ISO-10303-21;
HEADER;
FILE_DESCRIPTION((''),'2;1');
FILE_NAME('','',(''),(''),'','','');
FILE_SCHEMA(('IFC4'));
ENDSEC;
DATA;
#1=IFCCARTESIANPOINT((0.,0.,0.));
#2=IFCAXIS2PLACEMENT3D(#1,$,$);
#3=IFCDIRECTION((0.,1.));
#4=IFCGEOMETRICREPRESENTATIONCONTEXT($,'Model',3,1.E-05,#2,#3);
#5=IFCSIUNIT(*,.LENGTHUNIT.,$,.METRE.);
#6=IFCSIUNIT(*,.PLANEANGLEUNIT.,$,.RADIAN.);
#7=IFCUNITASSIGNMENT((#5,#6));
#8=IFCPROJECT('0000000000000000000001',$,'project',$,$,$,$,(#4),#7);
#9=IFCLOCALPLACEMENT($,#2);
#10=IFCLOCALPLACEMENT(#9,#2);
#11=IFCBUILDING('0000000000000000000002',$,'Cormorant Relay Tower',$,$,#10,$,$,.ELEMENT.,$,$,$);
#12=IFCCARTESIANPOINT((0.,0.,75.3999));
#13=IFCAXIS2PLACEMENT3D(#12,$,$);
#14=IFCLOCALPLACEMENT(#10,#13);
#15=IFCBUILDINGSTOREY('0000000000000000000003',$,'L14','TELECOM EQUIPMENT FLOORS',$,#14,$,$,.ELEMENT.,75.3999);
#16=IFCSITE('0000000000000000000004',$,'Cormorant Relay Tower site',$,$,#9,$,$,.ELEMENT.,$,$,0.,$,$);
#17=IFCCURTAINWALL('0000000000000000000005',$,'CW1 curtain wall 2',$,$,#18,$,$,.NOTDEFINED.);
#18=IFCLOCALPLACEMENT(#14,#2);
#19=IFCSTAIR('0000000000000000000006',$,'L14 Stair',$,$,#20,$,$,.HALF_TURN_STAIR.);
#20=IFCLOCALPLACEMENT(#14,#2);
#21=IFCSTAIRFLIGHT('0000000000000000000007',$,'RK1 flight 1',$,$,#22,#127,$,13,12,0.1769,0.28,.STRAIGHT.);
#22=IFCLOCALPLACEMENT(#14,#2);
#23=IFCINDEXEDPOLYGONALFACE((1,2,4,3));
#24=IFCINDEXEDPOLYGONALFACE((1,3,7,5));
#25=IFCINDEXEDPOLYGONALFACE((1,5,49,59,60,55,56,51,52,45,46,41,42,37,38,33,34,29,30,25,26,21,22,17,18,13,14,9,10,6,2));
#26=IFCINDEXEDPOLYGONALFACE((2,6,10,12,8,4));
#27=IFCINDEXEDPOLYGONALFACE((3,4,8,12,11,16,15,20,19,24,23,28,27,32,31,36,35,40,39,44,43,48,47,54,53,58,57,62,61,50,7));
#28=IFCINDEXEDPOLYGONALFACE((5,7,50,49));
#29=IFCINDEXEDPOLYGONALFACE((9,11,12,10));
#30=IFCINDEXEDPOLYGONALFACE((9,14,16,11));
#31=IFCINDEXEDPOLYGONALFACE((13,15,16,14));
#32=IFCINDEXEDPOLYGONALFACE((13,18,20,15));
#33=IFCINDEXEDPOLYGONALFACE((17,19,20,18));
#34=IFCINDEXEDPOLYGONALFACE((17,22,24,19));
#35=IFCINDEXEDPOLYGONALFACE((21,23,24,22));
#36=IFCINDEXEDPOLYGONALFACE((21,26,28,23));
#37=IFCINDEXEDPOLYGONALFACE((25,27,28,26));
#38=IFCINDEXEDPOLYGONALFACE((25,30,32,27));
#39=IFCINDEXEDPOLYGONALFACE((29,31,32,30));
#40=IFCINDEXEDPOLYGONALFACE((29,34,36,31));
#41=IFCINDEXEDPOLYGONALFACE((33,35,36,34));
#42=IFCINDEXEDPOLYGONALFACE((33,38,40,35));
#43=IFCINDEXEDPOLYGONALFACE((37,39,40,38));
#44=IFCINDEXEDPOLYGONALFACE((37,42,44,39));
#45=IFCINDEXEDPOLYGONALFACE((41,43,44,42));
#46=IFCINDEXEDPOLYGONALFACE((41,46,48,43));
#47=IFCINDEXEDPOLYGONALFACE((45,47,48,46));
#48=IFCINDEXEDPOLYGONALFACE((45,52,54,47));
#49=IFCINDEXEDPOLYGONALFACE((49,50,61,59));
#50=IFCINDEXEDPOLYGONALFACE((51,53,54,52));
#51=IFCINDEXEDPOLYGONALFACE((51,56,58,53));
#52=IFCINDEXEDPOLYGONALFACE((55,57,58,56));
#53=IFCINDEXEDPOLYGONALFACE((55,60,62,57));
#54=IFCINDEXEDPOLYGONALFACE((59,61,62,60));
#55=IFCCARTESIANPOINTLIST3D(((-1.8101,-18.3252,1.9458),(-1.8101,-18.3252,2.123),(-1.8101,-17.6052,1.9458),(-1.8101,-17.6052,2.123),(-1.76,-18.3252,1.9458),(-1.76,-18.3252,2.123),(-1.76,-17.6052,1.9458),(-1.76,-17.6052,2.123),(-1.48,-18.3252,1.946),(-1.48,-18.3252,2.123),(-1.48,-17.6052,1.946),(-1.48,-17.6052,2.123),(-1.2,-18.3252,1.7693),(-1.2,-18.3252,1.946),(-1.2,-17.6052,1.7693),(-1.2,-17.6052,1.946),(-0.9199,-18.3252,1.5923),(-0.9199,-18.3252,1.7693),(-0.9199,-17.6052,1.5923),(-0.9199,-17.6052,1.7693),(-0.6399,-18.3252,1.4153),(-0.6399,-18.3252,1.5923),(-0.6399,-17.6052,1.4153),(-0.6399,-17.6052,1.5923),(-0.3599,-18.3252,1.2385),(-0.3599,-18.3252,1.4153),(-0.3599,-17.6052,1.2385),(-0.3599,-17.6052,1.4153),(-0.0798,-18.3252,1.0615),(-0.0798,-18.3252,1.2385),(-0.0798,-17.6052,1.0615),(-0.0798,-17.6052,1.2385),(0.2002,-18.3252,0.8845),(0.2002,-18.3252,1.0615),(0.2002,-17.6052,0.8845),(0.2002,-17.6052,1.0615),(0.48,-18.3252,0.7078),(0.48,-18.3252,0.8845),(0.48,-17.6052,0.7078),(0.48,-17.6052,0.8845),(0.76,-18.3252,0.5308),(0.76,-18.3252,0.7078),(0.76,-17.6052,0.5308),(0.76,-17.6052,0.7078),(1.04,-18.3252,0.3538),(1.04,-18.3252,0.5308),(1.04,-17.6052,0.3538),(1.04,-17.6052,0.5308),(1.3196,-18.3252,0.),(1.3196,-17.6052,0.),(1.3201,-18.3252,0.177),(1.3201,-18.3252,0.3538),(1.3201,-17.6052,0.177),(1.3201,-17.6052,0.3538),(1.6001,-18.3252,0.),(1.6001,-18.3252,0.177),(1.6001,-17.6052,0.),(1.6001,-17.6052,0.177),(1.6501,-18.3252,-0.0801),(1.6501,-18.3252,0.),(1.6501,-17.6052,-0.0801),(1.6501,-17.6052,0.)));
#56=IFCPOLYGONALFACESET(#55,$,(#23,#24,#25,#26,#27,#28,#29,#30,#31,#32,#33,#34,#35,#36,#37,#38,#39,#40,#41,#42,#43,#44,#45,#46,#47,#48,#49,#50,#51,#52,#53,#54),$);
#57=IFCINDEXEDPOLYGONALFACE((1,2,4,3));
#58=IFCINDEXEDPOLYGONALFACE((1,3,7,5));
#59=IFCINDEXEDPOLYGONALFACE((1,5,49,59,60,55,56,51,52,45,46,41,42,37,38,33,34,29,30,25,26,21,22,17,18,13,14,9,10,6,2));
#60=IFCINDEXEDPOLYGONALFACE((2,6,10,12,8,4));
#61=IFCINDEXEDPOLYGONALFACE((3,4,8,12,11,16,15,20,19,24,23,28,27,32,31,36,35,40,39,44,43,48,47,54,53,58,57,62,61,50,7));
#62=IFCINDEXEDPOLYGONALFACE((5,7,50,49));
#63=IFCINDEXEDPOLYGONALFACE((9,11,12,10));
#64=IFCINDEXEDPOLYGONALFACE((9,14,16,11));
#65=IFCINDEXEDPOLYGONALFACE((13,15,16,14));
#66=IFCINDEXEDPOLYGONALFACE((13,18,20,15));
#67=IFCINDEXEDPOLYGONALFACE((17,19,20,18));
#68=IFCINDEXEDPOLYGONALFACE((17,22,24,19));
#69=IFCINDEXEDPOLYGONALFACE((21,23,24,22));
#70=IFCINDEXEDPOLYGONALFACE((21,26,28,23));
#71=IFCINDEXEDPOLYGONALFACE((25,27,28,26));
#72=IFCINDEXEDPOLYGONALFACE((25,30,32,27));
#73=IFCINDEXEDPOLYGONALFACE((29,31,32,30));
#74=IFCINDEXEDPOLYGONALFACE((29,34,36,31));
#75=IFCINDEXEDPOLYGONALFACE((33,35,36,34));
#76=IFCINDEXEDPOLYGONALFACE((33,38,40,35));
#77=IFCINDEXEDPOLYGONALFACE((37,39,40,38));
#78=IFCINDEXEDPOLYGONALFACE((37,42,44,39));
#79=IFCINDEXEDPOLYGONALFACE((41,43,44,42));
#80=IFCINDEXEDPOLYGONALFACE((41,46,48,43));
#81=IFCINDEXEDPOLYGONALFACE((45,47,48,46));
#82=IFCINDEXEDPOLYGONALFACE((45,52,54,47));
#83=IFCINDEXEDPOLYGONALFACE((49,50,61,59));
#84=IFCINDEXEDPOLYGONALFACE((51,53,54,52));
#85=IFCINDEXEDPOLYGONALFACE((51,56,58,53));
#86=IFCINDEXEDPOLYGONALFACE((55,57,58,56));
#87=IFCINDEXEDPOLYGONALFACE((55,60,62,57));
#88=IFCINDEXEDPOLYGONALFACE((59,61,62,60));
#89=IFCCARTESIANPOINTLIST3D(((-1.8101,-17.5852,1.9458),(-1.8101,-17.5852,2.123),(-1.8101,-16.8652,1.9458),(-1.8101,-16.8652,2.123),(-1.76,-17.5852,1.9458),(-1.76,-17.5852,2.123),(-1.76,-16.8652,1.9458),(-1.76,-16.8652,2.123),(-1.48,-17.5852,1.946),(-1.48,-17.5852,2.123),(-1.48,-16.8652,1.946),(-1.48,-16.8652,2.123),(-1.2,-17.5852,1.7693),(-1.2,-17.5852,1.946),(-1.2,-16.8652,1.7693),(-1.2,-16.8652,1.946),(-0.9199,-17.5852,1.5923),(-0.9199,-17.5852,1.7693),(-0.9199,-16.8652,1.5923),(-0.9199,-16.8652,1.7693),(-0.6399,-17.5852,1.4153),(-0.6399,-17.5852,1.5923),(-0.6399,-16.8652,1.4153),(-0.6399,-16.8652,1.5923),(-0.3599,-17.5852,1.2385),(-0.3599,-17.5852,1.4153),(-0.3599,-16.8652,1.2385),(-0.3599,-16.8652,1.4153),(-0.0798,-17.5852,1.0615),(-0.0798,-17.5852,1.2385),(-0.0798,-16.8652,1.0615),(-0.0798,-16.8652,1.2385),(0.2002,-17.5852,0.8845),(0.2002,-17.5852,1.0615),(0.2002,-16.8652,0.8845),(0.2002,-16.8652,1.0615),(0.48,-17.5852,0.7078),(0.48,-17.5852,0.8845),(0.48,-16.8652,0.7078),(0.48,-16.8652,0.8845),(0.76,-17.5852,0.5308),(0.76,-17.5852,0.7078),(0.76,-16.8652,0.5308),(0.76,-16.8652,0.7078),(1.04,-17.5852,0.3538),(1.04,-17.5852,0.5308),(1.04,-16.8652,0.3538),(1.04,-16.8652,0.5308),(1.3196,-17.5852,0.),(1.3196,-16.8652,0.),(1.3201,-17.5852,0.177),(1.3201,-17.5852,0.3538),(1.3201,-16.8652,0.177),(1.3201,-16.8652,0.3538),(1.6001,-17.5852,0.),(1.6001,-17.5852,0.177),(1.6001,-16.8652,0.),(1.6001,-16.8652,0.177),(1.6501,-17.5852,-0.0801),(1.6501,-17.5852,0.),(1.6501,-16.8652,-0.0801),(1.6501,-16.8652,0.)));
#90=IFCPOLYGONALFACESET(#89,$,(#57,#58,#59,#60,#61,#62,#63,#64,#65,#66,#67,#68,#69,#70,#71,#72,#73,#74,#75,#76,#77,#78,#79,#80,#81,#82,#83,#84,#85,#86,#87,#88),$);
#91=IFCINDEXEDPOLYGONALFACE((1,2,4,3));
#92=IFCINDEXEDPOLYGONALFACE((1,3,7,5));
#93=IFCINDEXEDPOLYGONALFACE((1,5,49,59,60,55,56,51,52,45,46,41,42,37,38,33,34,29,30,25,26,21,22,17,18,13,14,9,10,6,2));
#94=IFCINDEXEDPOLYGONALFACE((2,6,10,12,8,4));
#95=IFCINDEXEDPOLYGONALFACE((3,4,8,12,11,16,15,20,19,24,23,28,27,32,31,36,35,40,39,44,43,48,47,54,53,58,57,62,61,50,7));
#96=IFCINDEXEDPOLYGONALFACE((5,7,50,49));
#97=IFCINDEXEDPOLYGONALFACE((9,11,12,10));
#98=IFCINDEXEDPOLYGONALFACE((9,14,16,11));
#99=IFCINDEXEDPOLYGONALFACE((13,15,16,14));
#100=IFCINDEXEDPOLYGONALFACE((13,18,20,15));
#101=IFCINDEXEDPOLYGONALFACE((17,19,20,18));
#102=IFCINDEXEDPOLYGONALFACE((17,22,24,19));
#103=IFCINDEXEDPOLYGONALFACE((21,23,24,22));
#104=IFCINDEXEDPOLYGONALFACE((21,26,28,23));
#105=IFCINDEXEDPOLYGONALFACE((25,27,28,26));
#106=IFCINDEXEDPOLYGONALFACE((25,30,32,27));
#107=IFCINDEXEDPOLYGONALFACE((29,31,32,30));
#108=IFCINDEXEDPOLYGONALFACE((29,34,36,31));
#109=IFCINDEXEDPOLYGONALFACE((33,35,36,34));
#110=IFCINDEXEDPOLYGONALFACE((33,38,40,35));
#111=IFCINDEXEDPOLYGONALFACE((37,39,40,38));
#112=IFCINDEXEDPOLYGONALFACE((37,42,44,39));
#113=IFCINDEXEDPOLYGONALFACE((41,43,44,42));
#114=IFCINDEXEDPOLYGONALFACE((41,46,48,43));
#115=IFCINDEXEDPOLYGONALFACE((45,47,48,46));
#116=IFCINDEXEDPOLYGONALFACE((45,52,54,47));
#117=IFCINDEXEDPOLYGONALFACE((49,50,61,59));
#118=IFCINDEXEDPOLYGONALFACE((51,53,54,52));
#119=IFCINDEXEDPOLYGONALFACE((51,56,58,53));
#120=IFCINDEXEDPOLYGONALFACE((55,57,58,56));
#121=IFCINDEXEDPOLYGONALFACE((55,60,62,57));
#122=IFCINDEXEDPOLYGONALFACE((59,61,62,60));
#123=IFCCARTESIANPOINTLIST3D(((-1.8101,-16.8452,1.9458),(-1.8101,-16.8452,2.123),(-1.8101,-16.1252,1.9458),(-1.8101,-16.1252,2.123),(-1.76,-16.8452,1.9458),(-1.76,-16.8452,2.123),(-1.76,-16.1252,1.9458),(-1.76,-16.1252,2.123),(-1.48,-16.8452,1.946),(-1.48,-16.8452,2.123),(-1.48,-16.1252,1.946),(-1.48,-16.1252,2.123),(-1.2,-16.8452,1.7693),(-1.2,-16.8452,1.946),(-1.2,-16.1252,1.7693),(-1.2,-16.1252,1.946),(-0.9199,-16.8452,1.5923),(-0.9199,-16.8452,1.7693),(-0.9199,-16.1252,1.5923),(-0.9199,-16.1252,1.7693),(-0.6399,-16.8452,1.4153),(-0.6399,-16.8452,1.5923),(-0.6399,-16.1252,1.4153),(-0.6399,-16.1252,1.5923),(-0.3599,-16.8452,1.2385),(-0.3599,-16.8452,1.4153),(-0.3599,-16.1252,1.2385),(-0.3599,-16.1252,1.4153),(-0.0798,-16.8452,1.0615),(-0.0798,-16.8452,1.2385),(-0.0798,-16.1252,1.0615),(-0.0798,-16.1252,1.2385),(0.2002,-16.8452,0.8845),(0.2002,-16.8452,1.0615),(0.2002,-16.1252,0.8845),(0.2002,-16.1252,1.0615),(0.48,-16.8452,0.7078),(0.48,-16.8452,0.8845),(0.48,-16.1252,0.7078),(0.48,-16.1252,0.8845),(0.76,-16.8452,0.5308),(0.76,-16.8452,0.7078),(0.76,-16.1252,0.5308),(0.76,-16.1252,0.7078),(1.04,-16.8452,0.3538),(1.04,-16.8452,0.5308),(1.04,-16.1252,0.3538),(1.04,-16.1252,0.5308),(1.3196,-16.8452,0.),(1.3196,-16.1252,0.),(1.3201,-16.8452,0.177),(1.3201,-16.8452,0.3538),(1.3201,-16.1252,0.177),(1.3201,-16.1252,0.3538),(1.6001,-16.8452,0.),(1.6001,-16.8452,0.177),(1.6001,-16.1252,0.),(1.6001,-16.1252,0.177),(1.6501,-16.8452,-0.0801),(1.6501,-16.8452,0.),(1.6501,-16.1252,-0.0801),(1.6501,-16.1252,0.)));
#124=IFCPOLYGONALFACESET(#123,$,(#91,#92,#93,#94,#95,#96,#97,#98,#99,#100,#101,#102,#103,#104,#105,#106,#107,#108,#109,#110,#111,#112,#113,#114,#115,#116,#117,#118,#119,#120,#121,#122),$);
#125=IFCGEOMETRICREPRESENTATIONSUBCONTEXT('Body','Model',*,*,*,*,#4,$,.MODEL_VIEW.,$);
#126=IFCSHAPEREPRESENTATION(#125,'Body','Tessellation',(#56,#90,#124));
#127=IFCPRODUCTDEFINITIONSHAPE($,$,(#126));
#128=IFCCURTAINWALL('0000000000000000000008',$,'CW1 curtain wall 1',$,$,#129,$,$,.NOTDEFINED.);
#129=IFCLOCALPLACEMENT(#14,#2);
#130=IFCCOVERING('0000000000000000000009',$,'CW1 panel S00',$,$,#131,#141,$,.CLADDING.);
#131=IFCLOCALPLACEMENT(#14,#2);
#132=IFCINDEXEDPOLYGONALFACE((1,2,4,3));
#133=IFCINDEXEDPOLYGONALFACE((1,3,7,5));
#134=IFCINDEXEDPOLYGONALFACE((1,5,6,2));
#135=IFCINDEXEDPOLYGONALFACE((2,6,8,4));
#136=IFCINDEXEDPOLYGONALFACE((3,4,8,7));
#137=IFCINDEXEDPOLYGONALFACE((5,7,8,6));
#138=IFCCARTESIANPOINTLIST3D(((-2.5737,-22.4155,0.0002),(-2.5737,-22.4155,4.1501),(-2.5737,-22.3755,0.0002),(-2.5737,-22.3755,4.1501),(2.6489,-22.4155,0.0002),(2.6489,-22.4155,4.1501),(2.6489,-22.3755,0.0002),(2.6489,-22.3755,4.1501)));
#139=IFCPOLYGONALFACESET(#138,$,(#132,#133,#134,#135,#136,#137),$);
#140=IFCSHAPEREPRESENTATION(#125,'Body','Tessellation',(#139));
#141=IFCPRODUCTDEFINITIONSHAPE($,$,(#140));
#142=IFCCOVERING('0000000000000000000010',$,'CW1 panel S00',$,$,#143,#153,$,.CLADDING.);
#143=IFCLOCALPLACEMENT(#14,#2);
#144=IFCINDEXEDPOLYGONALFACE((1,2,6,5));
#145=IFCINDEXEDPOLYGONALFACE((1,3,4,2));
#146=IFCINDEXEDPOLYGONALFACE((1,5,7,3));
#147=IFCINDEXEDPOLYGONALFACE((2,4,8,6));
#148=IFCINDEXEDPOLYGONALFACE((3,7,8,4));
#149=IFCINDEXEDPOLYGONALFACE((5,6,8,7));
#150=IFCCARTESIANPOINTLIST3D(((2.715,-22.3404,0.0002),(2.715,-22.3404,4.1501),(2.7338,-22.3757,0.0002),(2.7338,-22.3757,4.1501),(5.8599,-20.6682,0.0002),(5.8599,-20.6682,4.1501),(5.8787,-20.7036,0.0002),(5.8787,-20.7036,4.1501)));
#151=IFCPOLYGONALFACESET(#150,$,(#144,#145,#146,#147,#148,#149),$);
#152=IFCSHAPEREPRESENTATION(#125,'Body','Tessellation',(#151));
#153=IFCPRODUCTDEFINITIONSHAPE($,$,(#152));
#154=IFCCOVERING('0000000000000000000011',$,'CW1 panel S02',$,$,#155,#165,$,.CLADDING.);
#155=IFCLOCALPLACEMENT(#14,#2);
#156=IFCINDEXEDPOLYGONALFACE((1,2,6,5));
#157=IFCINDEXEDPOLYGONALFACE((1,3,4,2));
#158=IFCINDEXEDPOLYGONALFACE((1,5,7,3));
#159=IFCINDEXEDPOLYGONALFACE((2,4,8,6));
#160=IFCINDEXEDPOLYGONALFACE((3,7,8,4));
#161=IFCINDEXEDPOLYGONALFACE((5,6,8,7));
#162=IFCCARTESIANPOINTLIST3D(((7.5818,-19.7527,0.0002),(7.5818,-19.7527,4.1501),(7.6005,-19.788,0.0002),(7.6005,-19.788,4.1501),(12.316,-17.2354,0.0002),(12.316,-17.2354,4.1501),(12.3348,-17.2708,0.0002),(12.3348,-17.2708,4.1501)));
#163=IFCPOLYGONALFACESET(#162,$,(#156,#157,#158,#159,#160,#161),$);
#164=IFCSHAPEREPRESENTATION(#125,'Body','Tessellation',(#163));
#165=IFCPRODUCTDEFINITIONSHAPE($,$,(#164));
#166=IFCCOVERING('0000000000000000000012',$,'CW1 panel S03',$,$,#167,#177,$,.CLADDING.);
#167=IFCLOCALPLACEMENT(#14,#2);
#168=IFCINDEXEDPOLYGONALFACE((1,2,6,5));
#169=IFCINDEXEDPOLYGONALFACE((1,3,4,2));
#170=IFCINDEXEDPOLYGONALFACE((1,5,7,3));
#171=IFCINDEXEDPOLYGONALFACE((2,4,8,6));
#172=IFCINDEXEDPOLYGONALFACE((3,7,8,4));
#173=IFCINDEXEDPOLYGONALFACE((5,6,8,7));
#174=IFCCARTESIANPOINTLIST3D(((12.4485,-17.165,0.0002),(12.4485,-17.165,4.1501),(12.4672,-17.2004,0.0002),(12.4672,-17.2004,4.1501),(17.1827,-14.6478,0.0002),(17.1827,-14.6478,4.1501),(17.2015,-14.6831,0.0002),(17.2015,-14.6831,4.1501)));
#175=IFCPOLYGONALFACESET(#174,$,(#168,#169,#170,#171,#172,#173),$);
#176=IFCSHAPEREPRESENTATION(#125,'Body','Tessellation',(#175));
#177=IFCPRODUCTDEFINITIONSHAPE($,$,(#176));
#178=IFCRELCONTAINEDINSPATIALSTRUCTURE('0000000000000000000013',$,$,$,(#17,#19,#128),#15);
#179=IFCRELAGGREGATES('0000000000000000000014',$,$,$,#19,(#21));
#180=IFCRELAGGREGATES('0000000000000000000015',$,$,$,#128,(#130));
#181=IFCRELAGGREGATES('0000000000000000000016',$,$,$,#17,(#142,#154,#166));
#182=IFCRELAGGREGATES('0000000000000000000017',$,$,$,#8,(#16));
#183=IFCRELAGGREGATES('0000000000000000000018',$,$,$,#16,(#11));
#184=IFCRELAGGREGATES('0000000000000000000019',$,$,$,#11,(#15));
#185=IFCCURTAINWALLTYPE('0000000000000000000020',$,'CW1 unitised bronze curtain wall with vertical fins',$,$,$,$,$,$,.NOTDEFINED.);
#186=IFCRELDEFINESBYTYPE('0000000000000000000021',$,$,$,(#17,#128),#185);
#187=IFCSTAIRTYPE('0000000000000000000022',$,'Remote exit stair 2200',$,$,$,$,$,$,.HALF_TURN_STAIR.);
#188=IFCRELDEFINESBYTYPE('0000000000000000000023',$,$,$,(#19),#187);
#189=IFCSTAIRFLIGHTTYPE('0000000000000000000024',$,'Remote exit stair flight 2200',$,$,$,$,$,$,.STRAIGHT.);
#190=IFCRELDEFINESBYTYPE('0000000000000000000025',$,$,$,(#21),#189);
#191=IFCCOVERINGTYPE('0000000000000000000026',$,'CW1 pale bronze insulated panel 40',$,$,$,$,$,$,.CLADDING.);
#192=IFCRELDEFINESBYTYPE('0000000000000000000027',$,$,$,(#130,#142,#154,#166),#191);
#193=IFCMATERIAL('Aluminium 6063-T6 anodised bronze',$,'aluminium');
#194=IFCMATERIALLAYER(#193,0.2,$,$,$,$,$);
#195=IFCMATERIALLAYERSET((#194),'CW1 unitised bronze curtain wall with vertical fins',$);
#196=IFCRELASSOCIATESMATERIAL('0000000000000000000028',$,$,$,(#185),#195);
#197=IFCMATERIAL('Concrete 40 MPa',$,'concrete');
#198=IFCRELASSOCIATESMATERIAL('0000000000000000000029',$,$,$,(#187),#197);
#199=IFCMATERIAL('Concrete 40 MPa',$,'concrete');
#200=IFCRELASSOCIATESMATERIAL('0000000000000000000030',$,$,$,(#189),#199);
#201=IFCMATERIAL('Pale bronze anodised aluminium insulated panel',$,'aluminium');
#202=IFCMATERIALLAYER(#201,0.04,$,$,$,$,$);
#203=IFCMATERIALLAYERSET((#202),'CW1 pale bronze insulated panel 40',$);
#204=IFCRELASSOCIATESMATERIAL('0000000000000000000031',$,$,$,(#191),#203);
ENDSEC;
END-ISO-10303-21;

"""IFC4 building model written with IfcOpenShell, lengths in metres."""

from ifc_helpers import new_model, si_unit, direction, frame, origin, origin_2d, place, context, subcontext, project, spatial, polyline, rectangle, outline, extrude, material, layer, layer_set, type_object, element, aggregate, save


model = new_model("IFC4")

# Units and contexts
model_context = context("Model", 3, precision=1e-05, world=origin(), true_north=direction((0.0, 1.0)))
body_context = subcontext(model_context, "Body", "Model", "MODEL_VIEW")
ifc_project = project(units=[si_unit("LENGTHUNIT", "METRE"), si_unit("PLANEANGLEUNIT", "RADIAN")], contexts=[model_context])

# Site, building, storey
site_placement = place(None, origin())
site = spatial("IfcSite", under=ifc_project, at=site_placement, Name="Cormorant Relay Tower site", CompositionType="ELEMENT", RefElevation=0.0)
building_placement = place(site_placement, origin())
building = spatial("IfcBuilding", under=site, at=building_placement, Name="Cormorant Relay Tower", CompositionType="ELEMENT")
storey_placement = place(building_placement, frame((0.0, 0.0, 75.3999)))
storey = spatial("IfcBuildingStorey", under=building, at=storey_placement, Name="L14", Description="TELECOM EQUIPMENT FLOORS", CompositionType="ELEMENT", Elevation=75.3999)

# Curtain wall
ifc_material_1 = material(Name="Aluminium 6063-T6 anodised bronze", Category="aluminium")
ifc_layer_1 = layer(ifc_material_1, 0.2)
ifc_layer_set_1 = layer_set([ifc_layer_1], Name="CW1 unitised bronze curtain wall with vertical fins")
curtain_wall_type = type_object("IfcCurtainWallType", Name="CW1 unitised bronze curtain wall with vertical fins", PredefinedType="NOTDEFINED", material=ifc_layer_set_1)
curtain_wall_1_placement = place(storey_placement, origin())
curtain_wall_1 = element("IfcCurtainWall", 1, at=curtain_wall_1_placement, inside=storey, type_object=curtain_wall_type, Name="CW1 curtain wall 2", PredefinedType="NOTDEFINED")

# Stair, stair flight
ifc_material_2 = material(Name="Concrete 40 MPa", Category="concrete")
stair_type = type_object("IfcStairType", Name="Remote exit stair 2200", PredefinedType="HALF_TURN_STAIR", material=ifc_material_2)
stair_placement = place(storey_placement, origin())
stair = element("IfcStair", 2, at=stair_placement, inside=storey, type_object=stair_type, Name="L14 Stair", PredefinedType="HALF_TURN_STAIR")
ifc_material_3 = material(Name="Concrete 40 MPa", Category="concrete")
stair_flight_type = type_object("IfcStairFlightType", Name="Remote exit stair flight 2200", PredefinedType="STRAIGHT", material=ifc_material_3)
stair_flight_placement = place(storey_placement, frame((1.6001, -17.2251, 0.0), z_axis=(0.0, 0.0, 1.0), x_axis=(-1.0, 0.0, 0.0)))
stair_flight = element("IfcStairFlight", 3, at=stair_flight_placement, type_object=stair_flight_type, Name="RK1 flight 1", NumberOfRisers=13, NumberOfTreads=12, PredefinedType="STRAIGHT", RiserHeight=0.1769, TreadLength=0.28, context=body_context, shape_type="SweptSolid", body=[
    extrude(outline(polyline([(-0.05, -0.0801), (-0.05, 0.0), (0.0, 0.0), (0.0, 0.177), (0.28, 0.177), (0.28, 0.3538), (0.5601, 0.3538), (0.5601, 0.5308), (0.8401, 0.5308), (0.8401, 0.7078), (1.1201, 0.7078), (1.1201, 0.8845), (1.3999, 0.8845), (1.3999, 1.0615), (1.6799, 1.0615), (1.6799, 1.2385), (1.96, 1.2385), (1.96, 1.4153), (2.24, 1.4153), (2.24, 1.5923), (2.52, 1.5923), (2.52, 1.7693), (2.8, 1.7693), (2.8, 1.946), (3.0801, 1.946), (3.0801, 2.123), (3.3601, 2.123), (3.4102, 2.123), (3.4102, 1.9458), (3.3601, 1.9458), (0.2805, 0.0), (-0.05, -0.0801)])), frame((0.0, 1.1001, 0.0), z_axis=(0.0, -1.0, 0.0), x_axis=(1.0, 0.0, 0.0)), (0.0, 0.0, 1.0), 0.72),
    extrude(outline(polyline([(-0.05, -0.0801), (-0.05, 0.0), (0.0, 0.0), (0.0, 0.177), (0.28, 0.177), (0.28, 0.3538), (0.5601, 0.3538), (0.5601, 0.5308), (0.8401, 0.5308), (0.8401, 0.7078), (1.1201, 0.7078), (1.1201, 0.8845), (1.3999, 0.8845), (1.3999, 1.0615), (1.6799, 1.0615), (1.6799, 1.2385), (1.96, 1.2385), (1.96, 1.4153), (2.24, 1.4153), (2.24, 1.5923), (2.52, 1.5923), (2.52, 1.7693), (2.8, 1.7693), (2.8, 1.946), (3.0801, 1.946), (3.0801, 2.123), (3.3601, 2.123), (3.4102, 2.123), (3.4102, 1.9458), (3.3601, 1.9458), (0.2805, 0.0), (-0.05, -0.0801)])), frame((0.0, 0.3601, 0.0), z_axis=(0.0, -1.0, 0.0), x_axis=(1.0, 0.0, 0.0)), (0.0, 0.0, 1.0), 0.72),
    extrude(outline(polyline([(-0.05, -0.0801), (-0.05, 0.0), (0.0, 0.0), (0.0, 0.177), (0.28, 0.177), (0.28, 0.3538), (0.5601, 0.3538), (0.5601, 0.5308), (0.8401, 0.5308), (0.8401, 0.7078), (1.1201, 0.7078), (1.1201, 0.8845), (1.3999, 0.8845), (1.3999, 1.0615), (1.6799, 1.0615), (1.6799, 1.2385), (1.96, 1.2385), (1.96, 1.4153), (2.24, 1.4153), (2.24, 1.5923), (2.52, 1.5923), (2.52, 1.7693), (2.8, 1.7693), (2.8, 1.946), (3.0801, 1.946), (3.0801, 2.123), (3.3601, 2.123), (3.4102, 2.123), (3.4102, 1.9458), (3.3601, 1.9458), (0.2805, 0.0), (-0.05, -0.0801)])), frame((0.0, -0.3799, 0.0), z_axis=(0.0, -1.0, 0.0), x_axis=(1.0, 0.0, 0.0)), (0.0, 0.0, 1.0), 0.72),
])
aggregate(stair, [stair_flight])

# Curtain wall, covering
curtain_wall_2_placement = place(storey_placement, origin())
curtain_wall_2 = element("IfcCurtainWall", 4, at=curtain_wall_2_placement, inside=storey, type_object=curtain_wall_type, Name="CW1 curtain wall 1", PredefinedType="NOTDEFINED")
ifc_material_4 = material(Name="Pale bronze anodised aluminium insulated panel", Category="aluminium")
ifc_layer_2 = layer(ifc_material_4, 0.04)
ifc_layer_set_2 = layer_set([ifc_layer_2], Name="CW1 pale bronze insulated panel 40")
covering_type = type_object("IfcCoveringType", Name="CW1 pale bronze insulated panel 40", PredefinedType="CLADDING", material=ifc_layer_set_2)
covering_1_placement = place(storey_placement, frame((0.0376, -22.3955, 0.0002), z_axis=(0.0, 0.0, 1.0), x_axis=(1.0, 0.0, 0.0)))
covering_1 = element("IfcCovering", 5, at=covering_1_placement, type_object=covering_type, Name="CW1 panel S00", PredefinedType="CLADDING", context=body_context, shape_type="SweptSolid", body=[
    extrude(rectangle(XDim=5.2227, YDim=0.04, at=origin_2d()), origin(), (0.0, 0.0, 1.0), 4.1499),
])
aggregate(curtain_wall_2, [covering_1])

# Coverings
covering_2_placement = place(storey_placement, frame((4.2969, -21.522, 0.0002), z_axis=(0.0, 0.0, 1.0), x_axis=(0.882948, 0.469472, 0.0)))
covering_2 = element("IfcCovering", 6, at=covering_2_placement, type_object=covering_type, Name="CW1 panel S00", PredefinedType="CLADDING", context=body_context, shape_type="SweptSolid", body=[
    extrude(rectangle(XDim=3.5618, YDim=0.04, at=origin_2d()), origin(), (0.0, 0.0, 1.0), 4.1499),
])
covering_3_placement = place(storey_placement, frame((9.9583, -18.5117, 0.0002), z_axis=(0.0, 0.0, 1.0), x_axis=(0.882948, 0.469472, 0.0)))
covering_3 = element("IfcCovering", 7, at=covering_3_placement, type_object=covering_type, Name="CW1 panel S02", PredefinedType="CLADDING", context=body_context, shape_type="SweptSolid", body=[
    extrude(rectangle(XDim=5.3618, YDim=0.04, at=origin_2d()), origin(), (0.0, 0.0, 1.0), 4.1499),
])
covering_4_placement = place(storey_placement, frame((14.825, -15.9241, 0.0002), z_axis=(0.0, 0.0, 1.0), x_axis=(0.882948, 0.469472, 0.0)))
covering_4 = element("IfcCovering", 8, at=covering_4_placement, type_object=covering_type, Name="CW1 panel S03", PredefinedType="CLADDING", context=body_context, shape_type="SweptSolid", body=[
    extrude(rectangle(XDim=5.3618, YDim=0.04, at=origin_2d()), origin(), (0.0, 0.0, 1.0), 4.1499),
])
aggregate(curtain_wall_1, [covering_2, covering_3, covering_4])

save(model, "model.ifc")
